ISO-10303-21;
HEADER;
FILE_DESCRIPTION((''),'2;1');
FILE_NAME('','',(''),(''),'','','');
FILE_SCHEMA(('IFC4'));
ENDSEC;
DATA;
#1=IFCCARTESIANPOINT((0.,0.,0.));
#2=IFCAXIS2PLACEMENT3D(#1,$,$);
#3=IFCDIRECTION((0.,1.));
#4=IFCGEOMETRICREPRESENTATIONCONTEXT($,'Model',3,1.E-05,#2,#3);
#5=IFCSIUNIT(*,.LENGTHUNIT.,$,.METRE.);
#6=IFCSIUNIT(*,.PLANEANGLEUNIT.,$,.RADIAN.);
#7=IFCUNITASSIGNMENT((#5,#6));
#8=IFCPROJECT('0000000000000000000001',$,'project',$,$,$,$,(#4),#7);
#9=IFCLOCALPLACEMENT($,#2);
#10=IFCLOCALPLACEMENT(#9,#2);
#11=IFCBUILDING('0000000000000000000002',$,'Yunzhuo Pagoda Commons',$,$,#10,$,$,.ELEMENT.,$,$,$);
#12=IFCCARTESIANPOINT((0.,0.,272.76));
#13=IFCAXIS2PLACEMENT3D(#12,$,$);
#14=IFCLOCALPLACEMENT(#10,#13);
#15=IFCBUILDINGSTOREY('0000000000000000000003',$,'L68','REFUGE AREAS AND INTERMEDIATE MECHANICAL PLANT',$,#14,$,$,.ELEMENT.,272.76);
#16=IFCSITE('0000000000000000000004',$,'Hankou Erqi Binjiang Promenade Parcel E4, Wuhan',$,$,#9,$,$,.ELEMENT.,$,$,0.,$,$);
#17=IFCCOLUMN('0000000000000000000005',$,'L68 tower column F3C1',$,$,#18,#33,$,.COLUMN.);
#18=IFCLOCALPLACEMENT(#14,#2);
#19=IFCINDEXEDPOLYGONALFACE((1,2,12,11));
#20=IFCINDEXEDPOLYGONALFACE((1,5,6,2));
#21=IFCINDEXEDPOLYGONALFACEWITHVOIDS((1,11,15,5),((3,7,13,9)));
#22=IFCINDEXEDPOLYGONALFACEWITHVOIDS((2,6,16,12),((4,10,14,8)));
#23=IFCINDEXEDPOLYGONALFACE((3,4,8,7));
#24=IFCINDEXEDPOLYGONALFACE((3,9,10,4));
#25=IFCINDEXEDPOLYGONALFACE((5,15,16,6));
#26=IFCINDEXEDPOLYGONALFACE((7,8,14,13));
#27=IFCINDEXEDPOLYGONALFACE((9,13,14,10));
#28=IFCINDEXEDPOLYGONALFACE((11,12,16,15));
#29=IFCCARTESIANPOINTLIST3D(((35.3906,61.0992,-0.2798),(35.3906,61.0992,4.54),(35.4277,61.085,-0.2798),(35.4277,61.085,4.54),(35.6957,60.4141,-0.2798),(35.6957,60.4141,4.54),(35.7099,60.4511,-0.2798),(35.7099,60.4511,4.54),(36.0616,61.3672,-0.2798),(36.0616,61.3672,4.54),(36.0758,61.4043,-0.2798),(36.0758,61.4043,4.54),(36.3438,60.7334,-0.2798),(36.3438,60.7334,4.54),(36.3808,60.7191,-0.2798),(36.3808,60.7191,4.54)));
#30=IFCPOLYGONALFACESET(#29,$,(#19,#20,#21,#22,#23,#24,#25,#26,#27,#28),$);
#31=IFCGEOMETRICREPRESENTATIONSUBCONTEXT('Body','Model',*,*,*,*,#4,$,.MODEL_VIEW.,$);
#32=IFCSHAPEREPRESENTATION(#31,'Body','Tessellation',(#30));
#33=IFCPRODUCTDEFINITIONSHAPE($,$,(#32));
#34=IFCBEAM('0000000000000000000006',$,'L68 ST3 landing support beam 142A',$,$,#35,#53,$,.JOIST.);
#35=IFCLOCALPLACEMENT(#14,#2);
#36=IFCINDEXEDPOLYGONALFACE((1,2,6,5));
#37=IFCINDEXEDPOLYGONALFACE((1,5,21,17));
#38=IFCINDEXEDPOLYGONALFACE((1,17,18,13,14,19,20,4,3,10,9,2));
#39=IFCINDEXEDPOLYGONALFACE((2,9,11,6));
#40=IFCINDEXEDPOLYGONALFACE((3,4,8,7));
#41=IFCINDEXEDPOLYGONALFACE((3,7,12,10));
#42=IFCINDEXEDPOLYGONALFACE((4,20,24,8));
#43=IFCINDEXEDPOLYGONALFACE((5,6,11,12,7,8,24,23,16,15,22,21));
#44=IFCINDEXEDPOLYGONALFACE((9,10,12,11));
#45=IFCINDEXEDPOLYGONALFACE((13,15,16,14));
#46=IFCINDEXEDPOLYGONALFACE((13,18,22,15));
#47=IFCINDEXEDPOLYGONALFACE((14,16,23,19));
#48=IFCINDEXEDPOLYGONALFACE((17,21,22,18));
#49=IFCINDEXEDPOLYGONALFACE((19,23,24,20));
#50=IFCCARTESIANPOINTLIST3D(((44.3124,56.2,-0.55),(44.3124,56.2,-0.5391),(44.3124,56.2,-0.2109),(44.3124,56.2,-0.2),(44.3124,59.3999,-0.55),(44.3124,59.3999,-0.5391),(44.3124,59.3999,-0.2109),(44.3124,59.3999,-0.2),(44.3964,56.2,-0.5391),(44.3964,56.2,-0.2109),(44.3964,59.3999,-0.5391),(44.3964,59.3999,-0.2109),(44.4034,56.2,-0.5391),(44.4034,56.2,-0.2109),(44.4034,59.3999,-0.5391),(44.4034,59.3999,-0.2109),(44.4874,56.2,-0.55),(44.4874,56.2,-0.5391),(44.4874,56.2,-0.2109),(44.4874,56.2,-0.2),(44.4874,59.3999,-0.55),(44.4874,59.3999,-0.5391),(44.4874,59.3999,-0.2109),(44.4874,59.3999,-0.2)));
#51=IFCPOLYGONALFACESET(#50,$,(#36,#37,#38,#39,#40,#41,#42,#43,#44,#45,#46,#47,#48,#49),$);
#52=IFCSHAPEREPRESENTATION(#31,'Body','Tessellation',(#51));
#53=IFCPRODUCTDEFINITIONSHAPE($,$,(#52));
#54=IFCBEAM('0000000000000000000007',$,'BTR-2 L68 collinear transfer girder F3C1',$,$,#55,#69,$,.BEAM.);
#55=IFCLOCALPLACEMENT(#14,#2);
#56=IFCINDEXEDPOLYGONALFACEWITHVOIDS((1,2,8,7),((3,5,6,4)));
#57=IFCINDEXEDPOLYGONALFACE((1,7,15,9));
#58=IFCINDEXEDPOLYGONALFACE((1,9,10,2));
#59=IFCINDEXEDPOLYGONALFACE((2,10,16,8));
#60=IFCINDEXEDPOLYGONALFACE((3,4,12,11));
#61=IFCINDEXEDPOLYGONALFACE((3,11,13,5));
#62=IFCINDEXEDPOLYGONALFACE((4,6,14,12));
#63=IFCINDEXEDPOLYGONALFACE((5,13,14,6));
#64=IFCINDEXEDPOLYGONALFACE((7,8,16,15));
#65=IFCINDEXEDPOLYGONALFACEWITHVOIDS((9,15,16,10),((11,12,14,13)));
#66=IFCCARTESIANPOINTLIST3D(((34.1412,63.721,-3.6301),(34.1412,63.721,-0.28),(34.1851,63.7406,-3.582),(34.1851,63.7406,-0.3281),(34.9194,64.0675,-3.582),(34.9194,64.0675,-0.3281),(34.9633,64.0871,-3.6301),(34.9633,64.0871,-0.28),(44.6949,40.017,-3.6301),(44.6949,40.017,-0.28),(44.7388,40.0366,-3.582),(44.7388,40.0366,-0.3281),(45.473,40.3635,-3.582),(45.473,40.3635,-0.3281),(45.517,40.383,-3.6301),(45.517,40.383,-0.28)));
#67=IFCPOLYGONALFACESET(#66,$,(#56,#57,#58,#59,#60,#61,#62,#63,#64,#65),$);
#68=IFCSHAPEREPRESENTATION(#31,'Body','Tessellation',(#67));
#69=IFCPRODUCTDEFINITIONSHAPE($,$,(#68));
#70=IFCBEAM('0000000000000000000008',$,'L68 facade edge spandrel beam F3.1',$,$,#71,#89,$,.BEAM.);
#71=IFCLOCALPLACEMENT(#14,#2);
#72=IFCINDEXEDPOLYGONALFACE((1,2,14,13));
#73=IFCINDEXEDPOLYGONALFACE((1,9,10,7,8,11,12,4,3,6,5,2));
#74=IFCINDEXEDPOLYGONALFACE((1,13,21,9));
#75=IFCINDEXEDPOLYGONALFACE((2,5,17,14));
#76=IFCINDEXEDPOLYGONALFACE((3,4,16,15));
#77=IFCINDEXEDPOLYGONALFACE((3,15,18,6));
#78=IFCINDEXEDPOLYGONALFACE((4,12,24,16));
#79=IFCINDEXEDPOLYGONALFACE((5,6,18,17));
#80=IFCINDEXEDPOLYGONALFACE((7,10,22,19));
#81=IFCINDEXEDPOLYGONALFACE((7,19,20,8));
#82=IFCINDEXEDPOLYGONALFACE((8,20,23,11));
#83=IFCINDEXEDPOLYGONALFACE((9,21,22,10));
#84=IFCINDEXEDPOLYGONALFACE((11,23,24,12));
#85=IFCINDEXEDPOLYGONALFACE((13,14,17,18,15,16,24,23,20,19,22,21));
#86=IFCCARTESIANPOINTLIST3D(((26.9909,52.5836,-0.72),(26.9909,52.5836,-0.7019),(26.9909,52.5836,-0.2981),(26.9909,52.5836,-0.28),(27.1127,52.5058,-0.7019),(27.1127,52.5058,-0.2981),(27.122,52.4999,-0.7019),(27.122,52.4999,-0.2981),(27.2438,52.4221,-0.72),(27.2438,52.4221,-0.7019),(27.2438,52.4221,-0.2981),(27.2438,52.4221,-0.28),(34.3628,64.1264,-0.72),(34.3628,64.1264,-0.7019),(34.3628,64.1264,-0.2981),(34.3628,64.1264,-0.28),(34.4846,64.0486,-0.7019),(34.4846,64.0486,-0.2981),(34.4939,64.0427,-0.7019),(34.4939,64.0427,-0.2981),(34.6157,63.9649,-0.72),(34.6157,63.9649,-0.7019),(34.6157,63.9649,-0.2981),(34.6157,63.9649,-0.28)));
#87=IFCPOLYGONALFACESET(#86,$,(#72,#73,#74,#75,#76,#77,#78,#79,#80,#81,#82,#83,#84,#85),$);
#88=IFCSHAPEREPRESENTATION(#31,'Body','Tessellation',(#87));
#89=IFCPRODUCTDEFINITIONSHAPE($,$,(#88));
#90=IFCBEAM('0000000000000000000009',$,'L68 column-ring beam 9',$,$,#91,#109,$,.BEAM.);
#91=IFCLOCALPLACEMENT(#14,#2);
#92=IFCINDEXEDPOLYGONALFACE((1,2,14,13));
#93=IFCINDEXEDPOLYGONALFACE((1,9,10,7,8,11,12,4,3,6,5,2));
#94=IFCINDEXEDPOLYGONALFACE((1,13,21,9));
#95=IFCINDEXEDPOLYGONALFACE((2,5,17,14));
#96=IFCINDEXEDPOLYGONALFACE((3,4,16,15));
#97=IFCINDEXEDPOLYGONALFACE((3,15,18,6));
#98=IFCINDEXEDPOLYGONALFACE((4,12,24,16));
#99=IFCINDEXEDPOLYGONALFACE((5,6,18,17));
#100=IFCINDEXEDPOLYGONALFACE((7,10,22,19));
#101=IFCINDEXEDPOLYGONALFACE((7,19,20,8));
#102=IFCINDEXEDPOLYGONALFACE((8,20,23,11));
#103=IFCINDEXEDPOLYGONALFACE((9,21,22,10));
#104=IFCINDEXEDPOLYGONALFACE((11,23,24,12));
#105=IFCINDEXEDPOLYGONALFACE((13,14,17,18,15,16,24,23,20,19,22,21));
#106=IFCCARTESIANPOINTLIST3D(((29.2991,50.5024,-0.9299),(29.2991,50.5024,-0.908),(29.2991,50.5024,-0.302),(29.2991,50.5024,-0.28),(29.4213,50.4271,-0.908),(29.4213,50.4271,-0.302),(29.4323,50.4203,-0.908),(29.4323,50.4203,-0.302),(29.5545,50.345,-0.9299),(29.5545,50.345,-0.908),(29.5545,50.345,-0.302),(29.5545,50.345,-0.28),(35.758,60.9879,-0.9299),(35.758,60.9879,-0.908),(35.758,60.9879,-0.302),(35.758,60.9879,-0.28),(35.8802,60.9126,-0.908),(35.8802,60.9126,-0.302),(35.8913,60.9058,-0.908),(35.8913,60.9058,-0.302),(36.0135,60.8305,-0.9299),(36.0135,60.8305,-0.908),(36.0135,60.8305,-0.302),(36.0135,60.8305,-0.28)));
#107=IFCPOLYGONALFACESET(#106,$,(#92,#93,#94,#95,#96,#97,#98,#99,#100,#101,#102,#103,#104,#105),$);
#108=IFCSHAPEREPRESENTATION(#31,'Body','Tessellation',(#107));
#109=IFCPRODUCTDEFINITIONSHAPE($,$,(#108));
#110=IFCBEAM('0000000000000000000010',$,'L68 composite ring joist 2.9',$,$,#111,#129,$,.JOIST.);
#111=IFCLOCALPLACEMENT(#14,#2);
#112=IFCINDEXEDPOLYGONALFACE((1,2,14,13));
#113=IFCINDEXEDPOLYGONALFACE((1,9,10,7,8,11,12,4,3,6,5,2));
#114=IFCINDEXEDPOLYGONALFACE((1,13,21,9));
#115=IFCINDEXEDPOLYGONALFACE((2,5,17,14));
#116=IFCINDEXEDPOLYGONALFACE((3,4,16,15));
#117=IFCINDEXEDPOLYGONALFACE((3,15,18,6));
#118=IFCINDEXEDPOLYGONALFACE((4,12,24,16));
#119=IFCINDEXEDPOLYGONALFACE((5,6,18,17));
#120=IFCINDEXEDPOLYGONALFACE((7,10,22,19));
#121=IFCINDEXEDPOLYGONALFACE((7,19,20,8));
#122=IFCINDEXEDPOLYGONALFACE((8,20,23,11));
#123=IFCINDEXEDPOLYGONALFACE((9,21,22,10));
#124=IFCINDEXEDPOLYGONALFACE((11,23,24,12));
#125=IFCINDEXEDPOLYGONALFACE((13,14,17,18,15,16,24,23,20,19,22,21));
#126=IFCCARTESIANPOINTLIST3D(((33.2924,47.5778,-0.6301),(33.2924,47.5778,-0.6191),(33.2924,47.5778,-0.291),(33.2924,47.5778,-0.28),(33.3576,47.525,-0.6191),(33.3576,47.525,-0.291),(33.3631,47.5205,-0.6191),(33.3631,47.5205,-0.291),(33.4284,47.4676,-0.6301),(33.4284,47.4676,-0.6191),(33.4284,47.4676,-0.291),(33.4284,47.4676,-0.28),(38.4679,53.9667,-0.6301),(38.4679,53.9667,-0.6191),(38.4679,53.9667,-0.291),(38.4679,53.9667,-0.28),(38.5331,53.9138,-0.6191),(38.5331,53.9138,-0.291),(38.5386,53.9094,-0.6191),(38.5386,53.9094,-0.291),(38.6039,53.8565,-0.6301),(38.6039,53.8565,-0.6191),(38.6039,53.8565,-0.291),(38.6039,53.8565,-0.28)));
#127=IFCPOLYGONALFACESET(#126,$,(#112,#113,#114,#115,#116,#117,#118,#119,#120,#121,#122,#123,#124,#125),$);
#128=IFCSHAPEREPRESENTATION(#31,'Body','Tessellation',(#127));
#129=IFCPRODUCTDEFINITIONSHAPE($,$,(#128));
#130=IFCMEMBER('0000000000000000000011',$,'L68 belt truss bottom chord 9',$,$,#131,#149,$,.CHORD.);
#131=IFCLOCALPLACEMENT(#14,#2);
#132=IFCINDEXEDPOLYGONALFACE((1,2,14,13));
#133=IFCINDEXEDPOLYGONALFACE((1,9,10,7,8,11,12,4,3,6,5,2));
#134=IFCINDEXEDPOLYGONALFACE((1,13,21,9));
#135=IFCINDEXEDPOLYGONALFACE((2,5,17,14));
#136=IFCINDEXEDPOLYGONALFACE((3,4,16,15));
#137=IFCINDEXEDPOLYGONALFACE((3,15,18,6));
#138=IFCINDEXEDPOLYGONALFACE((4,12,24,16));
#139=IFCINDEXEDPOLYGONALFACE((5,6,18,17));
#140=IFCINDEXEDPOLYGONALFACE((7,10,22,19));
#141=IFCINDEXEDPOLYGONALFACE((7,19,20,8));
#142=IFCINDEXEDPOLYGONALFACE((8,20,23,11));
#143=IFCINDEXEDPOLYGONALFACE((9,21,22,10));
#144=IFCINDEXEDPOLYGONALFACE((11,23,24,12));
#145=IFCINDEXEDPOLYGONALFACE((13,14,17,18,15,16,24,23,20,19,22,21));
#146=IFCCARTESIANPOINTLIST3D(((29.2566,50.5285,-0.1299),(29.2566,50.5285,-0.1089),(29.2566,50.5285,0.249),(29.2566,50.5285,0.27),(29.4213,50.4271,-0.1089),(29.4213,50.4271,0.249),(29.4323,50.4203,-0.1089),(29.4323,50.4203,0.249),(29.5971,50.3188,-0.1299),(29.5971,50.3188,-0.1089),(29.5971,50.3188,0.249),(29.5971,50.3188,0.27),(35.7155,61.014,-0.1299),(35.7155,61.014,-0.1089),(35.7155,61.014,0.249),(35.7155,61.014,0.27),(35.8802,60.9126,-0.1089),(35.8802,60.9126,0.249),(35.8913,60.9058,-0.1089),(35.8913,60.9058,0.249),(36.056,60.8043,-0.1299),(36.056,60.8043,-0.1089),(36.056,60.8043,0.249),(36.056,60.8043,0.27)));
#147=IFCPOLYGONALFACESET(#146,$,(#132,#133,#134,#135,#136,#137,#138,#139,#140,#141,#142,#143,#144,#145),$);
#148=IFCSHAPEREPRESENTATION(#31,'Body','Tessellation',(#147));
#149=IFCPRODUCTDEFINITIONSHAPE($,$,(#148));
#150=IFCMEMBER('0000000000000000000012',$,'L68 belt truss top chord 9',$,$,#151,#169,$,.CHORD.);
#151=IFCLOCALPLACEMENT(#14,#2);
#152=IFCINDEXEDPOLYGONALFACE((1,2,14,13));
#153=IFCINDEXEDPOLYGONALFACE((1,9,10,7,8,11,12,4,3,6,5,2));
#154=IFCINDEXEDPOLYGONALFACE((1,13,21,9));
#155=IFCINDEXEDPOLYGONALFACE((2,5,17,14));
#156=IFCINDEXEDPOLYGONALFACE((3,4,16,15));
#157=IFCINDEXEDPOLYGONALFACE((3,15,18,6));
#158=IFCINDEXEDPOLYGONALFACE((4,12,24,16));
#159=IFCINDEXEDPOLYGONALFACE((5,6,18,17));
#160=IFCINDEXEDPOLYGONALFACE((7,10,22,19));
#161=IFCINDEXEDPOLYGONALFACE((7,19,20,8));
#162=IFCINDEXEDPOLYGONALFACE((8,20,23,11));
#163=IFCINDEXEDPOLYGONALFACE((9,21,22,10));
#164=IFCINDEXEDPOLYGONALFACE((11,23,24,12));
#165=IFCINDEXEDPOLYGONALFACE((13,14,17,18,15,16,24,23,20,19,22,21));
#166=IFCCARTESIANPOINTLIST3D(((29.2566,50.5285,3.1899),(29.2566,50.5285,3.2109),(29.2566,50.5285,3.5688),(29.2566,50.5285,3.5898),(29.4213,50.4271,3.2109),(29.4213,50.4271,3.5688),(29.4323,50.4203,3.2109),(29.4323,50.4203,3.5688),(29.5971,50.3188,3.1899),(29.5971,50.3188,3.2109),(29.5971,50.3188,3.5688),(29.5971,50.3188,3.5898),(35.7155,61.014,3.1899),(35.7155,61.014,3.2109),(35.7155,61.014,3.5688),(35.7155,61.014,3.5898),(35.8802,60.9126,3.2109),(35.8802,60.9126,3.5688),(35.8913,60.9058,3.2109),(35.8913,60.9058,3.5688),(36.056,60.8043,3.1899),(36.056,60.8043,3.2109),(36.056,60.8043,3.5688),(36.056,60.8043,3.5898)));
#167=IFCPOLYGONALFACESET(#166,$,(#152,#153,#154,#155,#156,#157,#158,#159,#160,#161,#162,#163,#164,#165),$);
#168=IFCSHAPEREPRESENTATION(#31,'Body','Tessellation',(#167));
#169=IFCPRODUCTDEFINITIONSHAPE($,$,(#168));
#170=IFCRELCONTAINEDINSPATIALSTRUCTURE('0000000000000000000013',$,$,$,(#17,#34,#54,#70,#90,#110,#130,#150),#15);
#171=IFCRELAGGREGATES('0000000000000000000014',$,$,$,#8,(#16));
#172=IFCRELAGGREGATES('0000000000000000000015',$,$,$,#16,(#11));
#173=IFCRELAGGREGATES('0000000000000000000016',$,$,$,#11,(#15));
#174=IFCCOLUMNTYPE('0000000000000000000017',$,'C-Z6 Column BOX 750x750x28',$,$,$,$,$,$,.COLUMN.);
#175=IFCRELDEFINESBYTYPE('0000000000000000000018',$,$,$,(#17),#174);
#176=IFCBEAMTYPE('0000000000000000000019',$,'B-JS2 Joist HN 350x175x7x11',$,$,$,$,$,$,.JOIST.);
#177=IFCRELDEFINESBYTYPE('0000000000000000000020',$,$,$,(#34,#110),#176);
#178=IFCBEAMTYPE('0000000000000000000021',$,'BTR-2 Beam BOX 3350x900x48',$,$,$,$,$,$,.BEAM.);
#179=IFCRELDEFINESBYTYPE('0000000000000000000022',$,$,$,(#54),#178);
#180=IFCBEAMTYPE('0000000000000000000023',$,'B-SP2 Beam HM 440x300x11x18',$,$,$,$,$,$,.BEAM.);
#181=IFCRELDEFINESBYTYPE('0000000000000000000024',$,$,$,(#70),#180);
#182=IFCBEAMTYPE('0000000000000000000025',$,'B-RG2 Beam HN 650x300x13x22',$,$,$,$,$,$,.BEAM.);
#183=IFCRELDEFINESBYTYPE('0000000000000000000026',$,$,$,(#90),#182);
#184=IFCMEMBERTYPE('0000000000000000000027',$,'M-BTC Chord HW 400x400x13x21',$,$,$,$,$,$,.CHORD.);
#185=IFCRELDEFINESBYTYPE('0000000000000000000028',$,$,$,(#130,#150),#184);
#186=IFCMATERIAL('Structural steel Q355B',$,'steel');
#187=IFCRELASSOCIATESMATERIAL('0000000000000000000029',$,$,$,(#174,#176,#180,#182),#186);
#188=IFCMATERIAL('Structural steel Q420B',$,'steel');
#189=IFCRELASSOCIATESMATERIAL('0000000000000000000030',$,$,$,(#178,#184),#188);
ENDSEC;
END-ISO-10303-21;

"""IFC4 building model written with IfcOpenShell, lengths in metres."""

from ifc_helpers import new_model, si_unit, direction, frame, origin, origin_2d, place, context, subcontext, project, spatial, hollow_rectangle, i_section, extrude, source, transform, mapped, material, material_profile, profile_set, type_object, element, save


model = new_model("IFC4")

# Units and contexts
model_context = context("Model", 3, precision=1e-05, world=origin(), true_north=direction((0.0, 1.0)))
body_context = subcontext(model_context, "Body", "Model", "MODEL_VIEW")
ifc_project = project(units=[si_unit("LENGTHUNIT", "METRE"), si_unit("PLANEANGLEUNIT", "RADIAN")], contexts=[model_context])

# Site, building, storey
site_placement = place(None, origin())
site = spatial("IfcSite", under=ifc_project, at=site_placement, Name="Hankou Erqi Binjiang Promenade Parcel E4, Wuhan", CompositionType="ELEMENT", RefElevation=0.0)
building_placement = place(site_placement, origin())
building = spatial("IfcBuilding", under=site, at=building_placement, Name="Yunzhuo Pagoda Commons", CompositionType="ELEMENT")
storey_placement = place(building_placement, frame((0.0, 0.0, 272.76)))
storey = spatial("IfcBuildingStorey", under=building, at=storey_placement, Name="L68", Description="REFUGE AREAS AND INTERMEDIATE MECHANICAL PLANT", CompositionType="ELEMENT", Elevation=272.76)

# Column
ifc_material_1 = material(Name="Structural steel Q355B", Category="steel")
ifc_material_profile_1 = material_profile(ifc_material_1, hollow_rectangle(XDim=0.75, YDim=0.75, WallThickness=0.0281, at=origin_2d()), Name="Structural steel Q355B")
ifc_profile_set_1 = profile_set([ifc_material_profile_1], Name="Structural steel Q355B")
column_type = type_object("IfcColumnType", Name="C-Z6 Column BOX 750x750x28", PredefinedType="COLUMN", material=ifc_profile_set_1)
shared_shape_1 = source(origin(), body_context, "Body", "SweptSolid", [
    extrude(hollow_rectangle(XDim=0.75, YDim=0.75, WallThickness=0.0281, at=origin_2d()), origin(), (0.0, 0.0, 1.0), 4.8198),
])
column_placement = place(storey_placement, frame((35.8857, 60.9092, -0.2798), z_axis=(0.0, 0.0, 1.0), x_axis=(-0.913545, -0.406737, 0.0)))
element("IfcColumn", 1, at=column_placement, inside=storey, type_object=column_type, Name="L68 tower column F3C1", PredefinedType="COLUMN", context=body_context, shape_type="MappedRepresentation", body=[
    mapped(shared_shape_1, transform((0.0, 0.0, 0.0), scale=1.0)),
])

# Beams
ifc_material_profile_2 = material_profile(ifc_material_1, i_section(OverallWidth=0.175, OverallDepth=0.3501, WebThickness=0.0071, FlangeThickness=0.011, at=origin_2d()), Name="Structural steel Q355B")
ifc_profile_set_2 = profile_set([ifc_material_profile_2], Name="Structural steel Q355B")
beam_type_1 = type_object("IfcBeamType", Name="B-JS2 Joist HN 350x175x7x11", PredefinedType="JOIST", material=ifc_profile_set_2)
shared_shape_2 = source(origin(), body_context, "Body", "SweptSolid", [
    extrude(i_section(OverallWidth=0.175, OverallDepth=0.3501, WebThickness=0.0071, FlangeThickness=0.011, at=origin_2d()), origin(), (0.0, 0.0, 1.0), 3.2),
])
beam_1_placement = place(storey_placement, frame((44.3999, 56.2, -0.375), z_axis=(0.0, 1.0, 0.0), x_axis=(-1.0, 0.0, 0.0)))
element("IfcBeam", 2, at=beam_1_placement, inside=storey, type_object=beam_type_1, Name="L68 ST3 landing support beam 142A", PredefinedType="JOIST", context=body_context, shape_type="MappedRepresentation", body=[
    mapped(shared_shape_2, transform((0.0, 0.0, 0.0), scale=1.0)),
])
ifc_material_2 = material(Name="Structural steel Q420B", Category="steel")
ifc_material_profile_3 = material_profile(ifc_material_2, hollow_rectangle(XDim=0.8999, YDim=3.3501, WallThickness=0.0481, at=origin_2d()), Name="Structural steel Q420B")
ifc_profile_set_3 = profile_set([ifc_material_profile_3], Name="Structural steel Q420B")
beam_type_2 = type_object("IfcBeamType", Name="BTR-2 Beam BOX 3350x900x48", PredefinedType="BEAM", material=ifc_profile_set_3)
shared_shape_3 = source(origin(), body_context, "Body", "SweptSolid", [
    extrude(hollow_rectangle(XDim=0.8999, YDim=3.3501, WallThickness=0.0481, at=origin_2d()), origin(), (0.0, 0.0, 1.0), 25.9473),
])
beam_2_placement = place(storey_placement, frame((34.5522, 63.9041, -1.9551), z_axis=(0.406736, -0.913546, 0.0), x_axis=(0.913546, 0.406736, 0.0)))
element("IfcBeam", 3, at=beam_2_placement, inside=storey, type_object=beam_type_2, Name="BTR-2 L68 collinear transfer girder F3C1", PredefinedType="BEAM", context=body_context, shape_type="MappedRepresentation", body=[
    mapped(shared_shape_3, transform((0.0, 0.0, 0.0), scale=1.0)),
])
ifc_material_profile_4 = material_profile(ifc_material_1, i_section(OverallWidth=0.3, OverallDepth=0.4399, WebThickness=0.011, FlangeThickness=0.0181, at=origin_2d()), Name="Structural steel Q355B")
ifc_profile_set_4 = profile_set([ifc_material_profile_4], Name="Structural steel Q355B")
beam_type_3 = type_object("IfcBeamType", Name="B-SP2 Beam HM 440x300x11x18", PredefinedType="BEAM", material=ifc_profile_set_4)
shared_shape_4 = source(origin(), body_context, "Body", "SweptSolid", [
    extrude(i_section(OverallWidth=0.3, OverallDepth=0.4399, WebThickness=0.011, FlangeThickness=0.0181, at=origin_2d()), origin(), (0.0, 0.0, 1.0), 13.696),
])
beam_3_placement = place(storey_placement, frame((34.4893, 64.0457, -0.5), z_axis=(-0.53825, -0.842785, 0.0), x_axis=(0.842785, -0.53825, 0.0)))
element("IfcBeam", 4, at=beam_3_placement, inside=storey, type_object=beam_type_3, Name="L68 facade edge spandrel beam F3.1", PredefinedType="BEAM", context=body_context, shape_type="MappedRepresentation", body=[
    mapped(shared_shape_4, transform((0.0, 0.0, 0.0), scale=1.0)),
])
ifc_material_profile_5 = material_profile(ifc_material_1, i_section(OverallWidth=0.3, OverallDepth=0.6499, WebThickness=0.0129, FlangeThickness=0.022, at=origin_2d()), Name="Structural steel Q355B")
ifc_profile_set_5 = profile_set([ifc_material_profile_5], Name="Structural steel Q355B")
beam_type_4 = type_object("IfcBeamType", Name="B-RG2 Beam HN 650x300x13x22", PredefinedType="BEAM", material=ifc_profile_set_5)
shared_shape_5 = source(origin(), body_context, "Body", "SweptSolid", [
    extrude(i_section(OverallWidth=0.3, OverallDepth=0.6499, WebThickness=0.0129, FlangeThickness=0.022, at=origin_2d()), origin(), (0.0, 0.0, 1.0), 12.3152),
])
beam_4_placement = place(storey_placement, frame((35.8857, 60.9092, -0.605), z_axis=(-0.524469, -0.85143, 0.0), x_axis=(0.85143, -0.524469, 0.0)))
element("IfcBeam", 5, at=beam_4_placement, inside=storey, type_object=beam_type_4, Name="L68 column-ring beam 9", PredefinedType="BEAM", context=body_context, shape_type="MappedRepresentation", body=[
    mapped(shared_shape_5, transform((0.0, 0.0, 0.0), scale=1.0)),
])
shared_shape_6 = source(origin(), body_context, "Body", "SweptSolid", [
    extrude(i_section(OverallWidth=0.175, OverallDepth=0.3501, WebThickness=0.0071, FlangeThickness=0.011, at=origin_2d()), origin(), (0.0, 0.0, 1.0), 8.2222),
])
beam_5_placement = place(storey_placement, frame((38.5359, 53.9116, -0.4551), z_axis=(-0.62946, -0.777033, 0.0), x_axis=(0.777033, -0.62946, 0.0)))
element("IfcBeam", 6, at=beam_5_placement, inside=storey, type_object=beam_type_1, Name="L68 composite ring joist 2.9", PredefinedType="JOIST", context=body_context, shape_type="MappedRepresentation", body=[
    mapped(shared_shape_6, transform((0.0, 0.0, 0.0), scale=1.0)),
])

# Members
ifc_material_profile_6 = material_profile(ifc_material_2, i_section(OverallWidth=0.3999, OverallDepth=0.3999, WebThickness=0.0129, FlangeThickness=0.021, at=origin_2d()), Name="Structural steel Q420B")
ifc_profile_set_6 = profile_set([ifc_material_profile_6], Name="Structural steel Q420B")
member_type_1 = type_object("IfcMemberType", Name="M-BTC Chord HW 400x400x13x21", PredefinedType="CHORD", material=ifc_profile_set_6)
shared_shape_7 = source(origin(), body_context, "Body", "SweptSolid", [
    extrude(i_section(OverallWidth=0.3999, OverallDepth=0.3999, WebThickness=0.0129, FlangeThickness=0.021, at=origin_2d()), origin(), (0.0, 0.0, 1.0), 12.3152),
])
for number, where, z_axis, x_axis, name in (
    (7, (35.8857, 60.9092, 0.0701), (-0.524469, -0.85143, 0.0), (0.85143, -0.524469, 0.0), "L68 belt truss bottom chord 9"),
    (8, (35.8857, 60.9092, 3.3899), (-0.524469, -0.85143, 0.0), (0.85143, -0.524469, 0.0), "L68 belt truss top chord 9"),
):
    element("IfcMember", number, at=place(storey_placement, frame(where, z_axis=z_axis, x_axis=x_axis)), inside=storey, type_object=member_type_1, Name=name, PredefinedType="CHORD", context=body_context, shape_type="MappedRepresentation", body=[
        mapped(shared_shape_7, transform((0.0, 0.0, 0.0), scale=1.0)),
    ])

save(model, "model.ifc")
